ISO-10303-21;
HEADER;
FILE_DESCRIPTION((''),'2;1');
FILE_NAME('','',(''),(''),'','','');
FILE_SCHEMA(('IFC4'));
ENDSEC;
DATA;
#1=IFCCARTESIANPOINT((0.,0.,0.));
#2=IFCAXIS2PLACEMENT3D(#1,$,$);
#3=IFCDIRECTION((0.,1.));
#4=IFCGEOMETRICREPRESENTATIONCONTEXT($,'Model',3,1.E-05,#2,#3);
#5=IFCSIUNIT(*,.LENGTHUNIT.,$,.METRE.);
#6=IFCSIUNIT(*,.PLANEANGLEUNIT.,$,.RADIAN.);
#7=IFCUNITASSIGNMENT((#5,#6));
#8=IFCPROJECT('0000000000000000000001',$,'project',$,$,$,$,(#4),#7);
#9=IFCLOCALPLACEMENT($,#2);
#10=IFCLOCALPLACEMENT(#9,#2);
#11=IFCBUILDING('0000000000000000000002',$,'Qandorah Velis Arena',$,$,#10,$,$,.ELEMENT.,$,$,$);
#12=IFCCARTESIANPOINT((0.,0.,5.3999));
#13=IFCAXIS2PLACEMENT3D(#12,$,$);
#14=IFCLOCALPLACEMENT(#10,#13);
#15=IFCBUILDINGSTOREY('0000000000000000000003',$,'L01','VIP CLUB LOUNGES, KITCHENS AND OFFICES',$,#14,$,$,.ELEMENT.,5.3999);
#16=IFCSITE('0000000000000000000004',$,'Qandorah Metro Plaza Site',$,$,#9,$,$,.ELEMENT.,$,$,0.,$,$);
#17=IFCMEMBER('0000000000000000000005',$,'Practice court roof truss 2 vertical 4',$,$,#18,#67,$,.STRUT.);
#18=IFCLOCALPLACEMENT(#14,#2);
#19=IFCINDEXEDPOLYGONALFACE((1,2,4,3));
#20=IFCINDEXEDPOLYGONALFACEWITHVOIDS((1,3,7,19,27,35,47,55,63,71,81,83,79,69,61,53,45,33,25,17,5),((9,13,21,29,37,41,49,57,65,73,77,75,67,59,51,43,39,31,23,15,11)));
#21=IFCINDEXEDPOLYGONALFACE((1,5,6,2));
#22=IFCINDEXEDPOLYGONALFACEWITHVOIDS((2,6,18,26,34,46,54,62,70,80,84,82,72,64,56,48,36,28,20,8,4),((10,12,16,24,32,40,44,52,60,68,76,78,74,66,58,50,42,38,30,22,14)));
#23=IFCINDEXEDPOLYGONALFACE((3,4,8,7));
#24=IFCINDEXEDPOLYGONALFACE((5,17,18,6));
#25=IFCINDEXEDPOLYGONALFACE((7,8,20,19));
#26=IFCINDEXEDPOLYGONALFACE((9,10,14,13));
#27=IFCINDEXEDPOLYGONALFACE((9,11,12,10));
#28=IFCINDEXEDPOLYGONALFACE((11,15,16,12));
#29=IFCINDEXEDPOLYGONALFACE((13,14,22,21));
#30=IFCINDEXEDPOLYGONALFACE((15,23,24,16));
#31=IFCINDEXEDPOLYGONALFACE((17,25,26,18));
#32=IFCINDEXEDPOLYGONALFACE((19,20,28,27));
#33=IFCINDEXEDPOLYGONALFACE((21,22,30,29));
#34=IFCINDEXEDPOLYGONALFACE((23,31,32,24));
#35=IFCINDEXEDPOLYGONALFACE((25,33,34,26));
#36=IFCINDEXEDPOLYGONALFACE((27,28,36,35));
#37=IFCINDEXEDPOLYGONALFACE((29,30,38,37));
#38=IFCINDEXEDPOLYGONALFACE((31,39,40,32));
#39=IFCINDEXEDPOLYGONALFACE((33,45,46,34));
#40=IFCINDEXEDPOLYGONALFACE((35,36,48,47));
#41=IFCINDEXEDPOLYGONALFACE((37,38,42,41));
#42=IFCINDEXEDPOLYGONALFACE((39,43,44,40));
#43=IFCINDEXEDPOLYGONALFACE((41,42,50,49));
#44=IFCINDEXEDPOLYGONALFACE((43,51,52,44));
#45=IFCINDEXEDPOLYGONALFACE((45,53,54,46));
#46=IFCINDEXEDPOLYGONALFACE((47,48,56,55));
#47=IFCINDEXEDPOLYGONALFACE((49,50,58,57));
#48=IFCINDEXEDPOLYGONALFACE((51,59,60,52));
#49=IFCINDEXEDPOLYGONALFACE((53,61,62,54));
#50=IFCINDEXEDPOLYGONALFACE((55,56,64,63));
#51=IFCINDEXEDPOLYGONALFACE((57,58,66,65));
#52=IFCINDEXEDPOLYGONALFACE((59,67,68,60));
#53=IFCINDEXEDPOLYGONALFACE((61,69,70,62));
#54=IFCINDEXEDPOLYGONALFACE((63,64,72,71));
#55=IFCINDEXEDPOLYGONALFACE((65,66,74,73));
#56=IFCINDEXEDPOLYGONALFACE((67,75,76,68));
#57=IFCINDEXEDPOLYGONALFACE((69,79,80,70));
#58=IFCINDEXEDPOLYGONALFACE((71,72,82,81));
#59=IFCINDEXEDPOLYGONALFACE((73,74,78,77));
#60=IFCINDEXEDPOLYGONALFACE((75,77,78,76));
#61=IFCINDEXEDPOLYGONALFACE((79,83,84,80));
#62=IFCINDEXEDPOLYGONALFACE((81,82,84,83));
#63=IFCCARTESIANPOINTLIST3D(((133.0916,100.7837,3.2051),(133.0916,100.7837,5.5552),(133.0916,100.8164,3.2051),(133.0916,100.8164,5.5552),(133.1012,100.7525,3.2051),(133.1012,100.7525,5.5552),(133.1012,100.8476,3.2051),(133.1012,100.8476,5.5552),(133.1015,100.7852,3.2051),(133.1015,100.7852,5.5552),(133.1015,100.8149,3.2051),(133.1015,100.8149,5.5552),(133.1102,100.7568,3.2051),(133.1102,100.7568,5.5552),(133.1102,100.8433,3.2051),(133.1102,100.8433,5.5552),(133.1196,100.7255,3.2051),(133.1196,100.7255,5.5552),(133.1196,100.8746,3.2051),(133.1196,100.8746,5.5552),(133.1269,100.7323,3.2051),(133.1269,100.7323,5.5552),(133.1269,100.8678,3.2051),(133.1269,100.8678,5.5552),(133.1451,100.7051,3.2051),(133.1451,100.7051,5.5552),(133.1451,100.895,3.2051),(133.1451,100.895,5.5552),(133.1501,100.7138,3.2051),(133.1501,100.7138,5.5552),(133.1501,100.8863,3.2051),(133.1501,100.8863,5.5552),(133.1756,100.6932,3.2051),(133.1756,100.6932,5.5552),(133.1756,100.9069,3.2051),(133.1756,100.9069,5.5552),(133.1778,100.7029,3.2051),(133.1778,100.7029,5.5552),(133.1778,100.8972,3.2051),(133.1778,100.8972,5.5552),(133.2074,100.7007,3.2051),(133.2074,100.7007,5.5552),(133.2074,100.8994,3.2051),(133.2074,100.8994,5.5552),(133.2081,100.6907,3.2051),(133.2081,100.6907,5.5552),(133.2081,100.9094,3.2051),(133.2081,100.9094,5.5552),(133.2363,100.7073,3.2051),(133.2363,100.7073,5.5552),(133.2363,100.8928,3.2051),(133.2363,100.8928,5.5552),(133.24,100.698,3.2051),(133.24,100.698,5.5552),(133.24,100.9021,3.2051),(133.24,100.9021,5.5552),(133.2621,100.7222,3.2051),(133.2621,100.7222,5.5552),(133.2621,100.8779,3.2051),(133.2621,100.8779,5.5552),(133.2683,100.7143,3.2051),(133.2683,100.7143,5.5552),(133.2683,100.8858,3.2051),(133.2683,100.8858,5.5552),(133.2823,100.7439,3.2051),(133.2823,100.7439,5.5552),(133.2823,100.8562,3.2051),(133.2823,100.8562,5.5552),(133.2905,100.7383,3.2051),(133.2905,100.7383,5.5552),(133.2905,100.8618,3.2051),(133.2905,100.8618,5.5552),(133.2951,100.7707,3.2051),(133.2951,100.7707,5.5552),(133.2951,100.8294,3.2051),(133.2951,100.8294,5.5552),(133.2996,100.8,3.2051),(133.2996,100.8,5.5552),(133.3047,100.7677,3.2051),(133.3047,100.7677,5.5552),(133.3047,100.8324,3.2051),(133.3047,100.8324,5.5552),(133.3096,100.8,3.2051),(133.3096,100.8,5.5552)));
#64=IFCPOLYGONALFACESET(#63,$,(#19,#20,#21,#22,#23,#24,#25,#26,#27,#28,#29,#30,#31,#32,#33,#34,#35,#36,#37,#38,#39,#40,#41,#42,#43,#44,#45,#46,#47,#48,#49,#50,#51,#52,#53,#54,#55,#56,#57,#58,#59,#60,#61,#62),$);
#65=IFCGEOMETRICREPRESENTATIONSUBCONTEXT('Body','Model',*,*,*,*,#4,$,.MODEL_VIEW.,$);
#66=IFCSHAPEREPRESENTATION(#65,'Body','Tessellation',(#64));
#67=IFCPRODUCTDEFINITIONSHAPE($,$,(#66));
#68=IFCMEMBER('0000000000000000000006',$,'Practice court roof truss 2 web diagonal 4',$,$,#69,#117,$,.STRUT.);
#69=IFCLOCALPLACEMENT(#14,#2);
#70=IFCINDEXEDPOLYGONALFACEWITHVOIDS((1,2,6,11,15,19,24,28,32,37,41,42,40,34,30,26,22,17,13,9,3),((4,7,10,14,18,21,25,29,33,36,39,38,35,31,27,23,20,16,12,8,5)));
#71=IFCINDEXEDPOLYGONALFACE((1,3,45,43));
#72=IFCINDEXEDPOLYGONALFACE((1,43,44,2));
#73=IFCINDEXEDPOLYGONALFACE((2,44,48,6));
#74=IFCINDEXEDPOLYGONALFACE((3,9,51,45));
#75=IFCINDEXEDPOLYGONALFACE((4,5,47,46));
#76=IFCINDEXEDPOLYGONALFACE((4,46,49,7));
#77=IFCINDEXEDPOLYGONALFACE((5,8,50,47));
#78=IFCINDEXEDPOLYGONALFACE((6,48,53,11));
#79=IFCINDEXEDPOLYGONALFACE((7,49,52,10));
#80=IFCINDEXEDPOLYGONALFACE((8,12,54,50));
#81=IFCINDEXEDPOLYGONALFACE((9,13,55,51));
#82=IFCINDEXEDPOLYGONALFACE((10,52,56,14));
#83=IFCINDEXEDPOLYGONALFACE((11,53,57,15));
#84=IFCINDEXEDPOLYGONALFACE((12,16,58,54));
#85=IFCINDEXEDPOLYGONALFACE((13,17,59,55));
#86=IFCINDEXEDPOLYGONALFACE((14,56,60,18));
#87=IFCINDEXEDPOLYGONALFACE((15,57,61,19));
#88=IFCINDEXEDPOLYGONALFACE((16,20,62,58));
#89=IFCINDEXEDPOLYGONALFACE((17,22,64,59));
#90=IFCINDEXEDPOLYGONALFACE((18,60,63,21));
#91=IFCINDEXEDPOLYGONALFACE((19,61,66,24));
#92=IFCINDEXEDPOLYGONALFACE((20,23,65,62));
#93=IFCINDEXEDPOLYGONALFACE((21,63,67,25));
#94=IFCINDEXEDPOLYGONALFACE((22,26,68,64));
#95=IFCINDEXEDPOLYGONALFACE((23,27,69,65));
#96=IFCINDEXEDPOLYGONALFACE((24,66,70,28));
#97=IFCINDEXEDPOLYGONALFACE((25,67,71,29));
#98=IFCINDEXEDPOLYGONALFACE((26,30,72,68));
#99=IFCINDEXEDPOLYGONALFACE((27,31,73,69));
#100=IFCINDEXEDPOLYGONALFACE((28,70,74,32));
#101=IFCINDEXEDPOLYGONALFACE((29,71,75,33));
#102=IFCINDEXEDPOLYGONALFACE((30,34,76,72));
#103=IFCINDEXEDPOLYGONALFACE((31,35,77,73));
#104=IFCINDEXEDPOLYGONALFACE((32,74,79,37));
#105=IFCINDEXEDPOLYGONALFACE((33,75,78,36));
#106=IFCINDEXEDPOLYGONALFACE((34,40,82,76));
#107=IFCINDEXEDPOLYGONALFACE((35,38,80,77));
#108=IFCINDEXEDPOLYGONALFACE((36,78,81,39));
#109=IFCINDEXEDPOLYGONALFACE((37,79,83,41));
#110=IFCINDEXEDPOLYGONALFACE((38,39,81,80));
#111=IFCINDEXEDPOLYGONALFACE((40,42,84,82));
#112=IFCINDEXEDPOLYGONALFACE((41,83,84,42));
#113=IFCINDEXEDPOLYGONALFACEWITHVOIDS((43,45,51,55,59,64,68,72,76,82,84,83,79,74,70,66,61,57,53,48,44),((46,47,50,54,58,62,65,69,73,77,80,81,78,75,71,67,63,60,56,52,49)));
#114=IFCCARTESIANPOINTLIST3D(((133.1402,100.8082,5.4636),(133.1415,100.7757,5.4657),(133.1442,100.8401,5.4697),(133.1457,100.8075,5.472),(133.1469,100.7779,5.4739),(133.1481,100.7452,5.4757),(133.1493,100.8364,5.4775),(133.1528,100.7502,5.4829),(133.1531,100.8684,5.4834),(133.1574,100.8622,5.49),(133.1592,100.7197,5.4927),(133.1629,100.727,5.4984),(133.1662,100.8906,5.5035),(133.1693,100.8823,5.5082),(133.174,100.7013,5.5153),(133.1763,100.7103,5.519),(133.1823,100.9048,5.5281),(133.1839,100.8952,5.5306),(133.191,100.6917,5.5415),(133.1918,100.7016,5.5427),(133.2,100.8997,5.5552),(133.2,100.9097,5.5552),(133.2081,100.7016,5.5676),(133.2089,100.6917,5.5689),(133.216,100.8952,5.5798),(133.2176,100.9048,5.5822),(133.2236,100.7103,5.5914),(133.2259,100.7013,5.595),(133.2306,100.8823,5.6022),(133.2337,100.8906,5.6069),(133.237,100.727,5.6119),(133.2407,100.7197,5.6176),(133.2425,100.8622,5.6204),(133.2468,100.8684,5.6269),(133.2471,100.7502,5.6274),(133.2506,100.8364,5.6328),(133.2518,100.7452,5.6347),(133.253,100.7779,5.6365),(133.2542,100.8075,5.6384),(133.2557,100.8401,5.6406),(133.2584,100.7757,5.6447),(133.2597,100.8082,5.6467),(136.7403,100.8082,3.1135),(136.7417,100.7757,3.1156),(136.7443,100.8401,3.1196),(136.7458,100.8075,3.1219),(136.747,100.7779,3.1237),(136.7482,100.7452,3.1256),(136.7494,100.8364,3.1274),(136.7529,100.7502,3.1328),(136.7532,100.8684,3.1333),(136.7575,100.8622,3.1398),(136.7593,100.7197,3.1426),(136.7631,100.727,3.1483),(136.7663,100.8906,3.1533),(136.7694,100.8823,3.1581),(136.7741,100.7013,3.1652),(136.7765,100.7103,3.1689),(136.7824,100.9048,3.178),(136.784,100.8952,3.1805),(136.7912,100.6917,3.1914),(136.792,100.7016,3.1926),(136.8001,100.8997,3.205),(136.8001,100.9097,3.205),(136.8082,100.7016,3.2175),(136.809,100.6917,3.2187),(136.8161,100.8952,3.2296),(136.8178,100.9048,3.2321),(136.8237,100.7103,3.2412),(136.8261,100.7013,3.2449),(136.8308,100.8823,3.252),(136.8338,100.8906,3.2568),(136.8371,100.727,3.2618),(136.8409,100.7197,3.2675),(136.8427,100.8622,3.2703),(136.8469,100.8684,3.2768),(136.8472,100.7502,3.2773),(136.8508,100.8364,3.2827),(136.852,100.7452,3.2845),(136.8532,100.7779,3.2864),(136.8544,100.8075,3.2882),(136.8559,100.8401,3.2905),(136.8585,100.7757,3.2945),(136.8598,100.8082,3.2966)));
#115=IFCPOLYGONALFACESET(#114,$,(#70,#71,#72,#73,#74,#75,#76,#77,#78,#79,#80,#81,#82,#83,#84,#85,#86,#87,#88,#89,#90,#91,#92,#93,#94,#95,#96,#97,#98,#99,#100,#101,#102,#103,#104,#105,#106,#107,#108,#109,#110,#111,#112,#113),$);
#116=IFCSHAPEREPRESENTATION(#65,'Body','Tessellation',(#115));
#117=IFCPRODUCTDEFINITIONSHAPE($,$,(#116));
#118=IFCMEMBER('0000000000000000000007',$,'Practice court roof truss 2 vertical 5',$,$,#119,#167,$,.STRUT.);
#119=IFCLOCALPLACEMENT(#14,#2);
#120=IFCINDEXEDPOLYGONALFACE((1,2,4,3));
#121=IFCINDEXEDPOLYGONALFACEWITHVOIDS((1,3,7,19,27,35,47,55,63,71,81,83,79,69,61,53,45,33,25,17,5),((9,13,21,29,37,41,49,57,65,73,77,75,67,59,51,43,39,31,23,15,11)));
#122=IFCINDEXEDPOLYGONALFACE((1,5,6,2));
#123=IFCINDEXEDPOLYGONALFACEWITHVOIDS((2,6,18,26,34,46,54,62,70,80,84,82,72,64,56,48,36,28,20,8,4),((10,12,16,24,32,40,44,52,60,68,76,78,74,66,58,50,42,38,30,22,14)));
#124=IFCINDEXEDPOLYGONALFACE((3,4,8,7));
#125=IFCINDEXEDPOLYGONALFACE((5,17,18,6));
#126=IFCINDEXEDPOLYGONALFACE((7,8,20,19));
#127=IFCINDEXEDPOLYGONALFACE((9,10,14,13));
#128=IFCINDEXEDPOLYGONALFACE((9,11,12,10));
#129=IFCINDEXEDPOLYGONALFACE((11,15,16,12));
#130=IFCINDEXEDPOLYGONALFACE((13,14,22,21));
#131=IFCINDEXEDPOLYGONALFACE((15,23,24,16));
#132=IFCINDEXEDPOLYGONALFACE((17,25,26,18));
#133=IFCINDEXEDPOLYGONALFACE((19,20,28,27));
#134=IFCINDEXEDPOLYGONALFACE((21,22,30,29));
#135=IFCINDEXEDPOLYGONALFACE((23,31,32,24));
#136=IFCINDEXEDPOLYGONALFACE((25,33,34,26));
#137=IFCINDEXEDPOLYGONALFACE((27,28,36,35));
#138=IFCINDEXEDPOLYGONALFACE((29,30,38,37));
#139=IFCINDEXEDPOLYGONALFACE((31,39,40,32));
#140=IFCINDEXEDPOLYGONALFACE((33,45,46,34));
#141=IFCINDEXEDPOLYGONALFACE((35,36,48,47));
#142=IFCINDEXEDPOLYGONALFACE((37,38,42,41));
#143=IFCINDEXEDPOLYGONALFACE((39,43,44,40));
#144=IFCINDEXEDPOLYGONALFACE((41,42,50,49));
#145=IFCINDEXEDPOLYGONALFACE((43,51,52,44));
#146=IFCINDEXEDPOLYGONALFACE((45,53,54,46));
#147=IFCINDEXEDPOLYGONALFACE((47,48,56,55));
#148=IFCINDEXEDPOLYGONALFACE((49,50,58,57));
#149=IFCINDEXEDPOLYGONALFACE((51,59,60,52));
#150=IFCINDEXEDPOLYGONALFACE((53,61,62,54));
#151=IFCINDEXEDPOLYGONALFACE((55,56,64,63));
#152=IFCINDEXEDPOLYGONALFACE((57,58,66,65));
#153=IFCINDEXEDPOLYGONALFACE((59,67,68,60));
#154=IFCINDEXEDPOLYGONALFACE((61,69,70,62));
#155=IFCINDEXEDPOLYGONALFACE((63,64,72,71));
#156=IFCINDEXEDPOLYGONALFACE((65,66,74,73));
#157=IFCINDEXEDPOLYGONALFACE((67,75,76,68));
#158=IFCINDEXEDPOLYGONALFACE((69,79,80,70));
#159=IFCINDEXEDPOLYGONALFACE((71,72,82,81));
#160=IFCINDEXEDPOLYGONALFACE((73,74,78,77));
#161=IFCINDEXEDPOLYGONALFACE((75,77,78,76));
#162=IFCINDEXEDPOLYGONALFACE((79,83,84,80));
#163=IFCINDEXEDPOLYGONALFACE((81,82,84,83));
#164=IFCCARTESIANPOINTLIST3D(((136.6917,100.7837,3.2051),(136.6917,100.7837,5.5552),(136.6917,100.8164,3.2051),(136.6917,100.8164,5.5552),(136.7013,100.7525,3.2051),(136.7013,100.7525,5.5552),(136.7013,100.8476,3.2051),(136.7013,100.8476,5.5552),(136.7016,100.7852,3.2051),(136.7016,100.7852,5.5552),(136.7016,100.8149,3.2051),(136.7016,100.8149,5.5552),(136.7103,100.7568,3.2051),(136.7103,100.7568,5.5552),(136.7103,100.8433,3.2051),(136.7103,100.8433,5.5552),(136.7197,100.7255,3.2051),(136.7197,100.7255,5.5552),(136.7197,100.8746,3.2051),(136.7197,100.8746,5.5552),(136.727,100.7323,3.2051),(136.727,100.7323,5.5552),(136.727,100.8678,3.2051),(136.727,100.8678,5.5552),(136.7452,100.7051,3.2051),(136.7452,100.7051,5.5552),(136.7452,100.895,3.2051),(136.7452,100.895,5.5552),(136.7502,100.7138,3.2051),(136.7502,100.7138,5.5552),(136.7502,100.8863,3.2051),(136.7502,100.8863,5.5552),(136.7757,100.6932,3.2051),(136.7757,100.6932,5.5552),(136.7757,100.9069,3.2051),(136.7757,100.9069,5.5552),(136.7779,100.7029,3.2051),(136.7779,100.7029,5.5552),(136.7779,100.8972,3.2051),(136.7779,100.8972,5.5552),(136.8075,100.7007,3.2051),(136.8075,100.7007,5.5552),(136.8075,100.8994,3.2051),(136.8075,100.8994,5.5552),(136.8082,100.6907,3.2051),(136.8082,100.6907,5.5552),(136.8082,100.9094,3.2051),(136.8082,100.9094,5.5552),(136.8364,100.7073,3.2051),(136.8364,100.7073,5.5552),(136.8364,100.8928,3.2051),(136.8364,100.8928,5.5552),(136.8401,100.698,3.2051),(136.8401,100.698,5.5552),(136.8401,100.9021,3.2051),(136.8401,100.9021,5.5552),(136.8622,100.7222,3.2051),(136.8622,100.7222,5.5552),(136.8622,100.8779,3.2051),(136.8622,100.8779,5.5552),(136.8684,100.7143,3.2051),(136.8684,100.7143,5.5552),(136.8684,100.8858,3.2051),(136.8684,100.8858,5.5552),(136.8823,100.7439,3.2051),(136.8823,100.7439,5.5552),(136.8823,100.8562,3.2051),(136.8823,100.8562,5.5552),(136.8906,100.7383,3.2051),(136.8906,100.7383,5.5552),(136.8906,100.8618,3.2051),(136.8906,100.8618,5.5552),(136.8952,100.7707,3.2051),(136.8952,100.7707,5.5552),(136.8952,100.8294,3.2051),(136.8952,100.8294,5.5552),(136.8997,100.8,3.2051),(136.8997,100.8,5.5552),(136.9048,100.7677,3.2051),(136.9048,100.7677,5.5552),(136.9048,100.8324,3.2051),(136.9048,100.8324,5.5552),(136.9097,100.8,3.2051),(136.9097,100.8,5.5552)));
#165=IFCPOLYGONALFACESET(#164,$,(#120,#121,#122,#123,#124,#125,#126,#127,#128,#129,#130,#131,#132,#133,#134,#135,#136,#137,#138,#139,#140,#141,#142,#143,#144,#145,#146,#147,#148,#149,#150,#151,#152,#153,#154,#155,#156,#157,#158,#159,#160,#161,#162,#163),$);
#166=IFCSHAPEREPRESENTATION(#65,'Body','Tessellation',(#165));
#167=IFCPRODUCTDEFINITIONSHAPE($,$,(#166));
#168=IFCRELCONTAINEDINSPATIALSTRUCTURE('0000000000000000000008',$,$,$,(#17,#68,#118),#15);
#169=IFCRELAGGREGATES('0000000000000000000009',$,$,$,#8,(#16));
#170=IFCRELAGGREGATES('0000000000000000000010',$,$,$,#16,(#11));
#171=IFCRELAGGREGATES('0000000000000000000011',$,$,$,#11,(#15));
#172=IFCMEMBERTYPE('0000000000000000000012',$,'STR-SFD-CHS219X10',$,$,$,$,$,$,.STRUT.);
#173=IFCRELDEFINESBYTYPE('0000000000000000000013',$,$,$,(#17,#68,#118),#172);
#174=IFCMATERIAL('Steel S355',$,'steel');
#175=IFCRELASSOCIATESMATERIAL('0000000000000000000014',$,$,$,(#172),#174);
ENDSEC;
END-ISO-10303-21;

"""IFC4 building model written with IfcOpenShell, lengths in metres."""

from ifc_helpers import new_model, si_unit, direction, frame, origin, origin_2d, place, context, subcontext, project, spatial, hollow_circle, extrude, material, material_profile, profile_set, type_object, element, save


model = new_model("IFC4")

# Units and contexts
model_context = context("Model", 3, precision=1e-05, world=origin(), true_north=direction((0.0, 1.0)))
body_context = subcontext(model_context, "Body", "Model", "MODEL_VIEW")
ifc_project = project(units=[si_unit("LENGTHUNIT", "METRE"), si_unit("PLANEANGLEUNIT", "RADIAN")], contexts=[model_context])

# Site, building, storey
site_placement = place(None, origin())
site = spatial("IfcSite", under=ifc_project, at=site_placement, Name="Qandorah Metro Plaza Site", CompositionType="ELEMENT", RefElevation=0.0)
building_placement = place(site_placement, origin())
building = spatial("IfcBuilding", under=site, at=building_placement, Name="Qandorah Velis Arena", CompositionType="ELEMENT")
storey_placement = place(building_placement, frame((0.0, 0.0, 5.3999)))
storey = spatial("IfcBuildingStorey", under=building, at=storey_placement, Name="L01", Description="VIP CLUB LOUNGES, KITCHENS AND OFFICES", CompositionType="ELEMENT", Elevation=5.3999)

# Members
ifc_material = material(Name="Steel S355", Category="steel")
ifc_material_profile = material_profile(ifc_material, hollow_circle(Radius=0.1096, WallThickness=0.01, at=origin_2d()), Name="CHS 219.1x10")
ifc_profile_set = profile_set([ifc_material_profile], Name="Steel S355")
member_type = type_object("IfcMemberType", Name="STR-SFD-CHS219X10", PredefinedType="STRUT", material=ifc_profile_set)
member_1_placement = place(storey_placement, frame((133.2, 100.8, 3.2051), z_axis=(0.0, 0.0, 1.0), x_axis=(1.0, 0.0, 0.0)))
element("IfcMember", 1, at=member_1_placement, inside=storey, type_object=member_type, Name="Practice court roof truss 2 vertical 4", PredefinedType="STRUT", context=body_context, shape_type="SweptSolid", body=[
    extrude(hollow_circle(Radius=0.1096, WallThickness=0.01, at=origin_2d()), origin(), (0.0, 0.0, 1.0), 2.3501),
])
member_2_placement = place(storey_placement, frame((133.2, 100.8, 5.5552), z_axis=(0.837376, 0.0, -0.546628), x_axis=(0.0, 1.0, 0.0)))
element("IfcMember", 2, at=member_2_placement, inside=storey, type_object=member_type, Name="Practice court roof truss 2 web diagonal 4", PredefinedType="STRUT", context=body_context, shape_type="SweptSolid", body=[
    extrude(hollow_circle(Radius=0.1096, WallThickness=0.01, at=origin_2d()), origin(), (0.0, 0.0, 1.0), 4.2993),
])
member_3_placement = place(storey_placement, frame((136.8, 100.8, 3.2051), z_axis=(0.0, 0.0, 1.0), x_axis=(1.0, 0.0, 0.0)))
element("IfcMember", 3, at=member_3_placement, inside=storey, type_object=member_type, Name="Practice court roof truss 2 vertical 5", PredefinedType="STRUT", context=body_context, shape_type="SweptSolid", body=[
    extrude(hollow_circle(Radius=0.1096, WallThickness=0.01, at=origin_2d()), origin(), (0.0, 0.0, 1.0), 2.3501),
])

save(model, "model.ifc")
